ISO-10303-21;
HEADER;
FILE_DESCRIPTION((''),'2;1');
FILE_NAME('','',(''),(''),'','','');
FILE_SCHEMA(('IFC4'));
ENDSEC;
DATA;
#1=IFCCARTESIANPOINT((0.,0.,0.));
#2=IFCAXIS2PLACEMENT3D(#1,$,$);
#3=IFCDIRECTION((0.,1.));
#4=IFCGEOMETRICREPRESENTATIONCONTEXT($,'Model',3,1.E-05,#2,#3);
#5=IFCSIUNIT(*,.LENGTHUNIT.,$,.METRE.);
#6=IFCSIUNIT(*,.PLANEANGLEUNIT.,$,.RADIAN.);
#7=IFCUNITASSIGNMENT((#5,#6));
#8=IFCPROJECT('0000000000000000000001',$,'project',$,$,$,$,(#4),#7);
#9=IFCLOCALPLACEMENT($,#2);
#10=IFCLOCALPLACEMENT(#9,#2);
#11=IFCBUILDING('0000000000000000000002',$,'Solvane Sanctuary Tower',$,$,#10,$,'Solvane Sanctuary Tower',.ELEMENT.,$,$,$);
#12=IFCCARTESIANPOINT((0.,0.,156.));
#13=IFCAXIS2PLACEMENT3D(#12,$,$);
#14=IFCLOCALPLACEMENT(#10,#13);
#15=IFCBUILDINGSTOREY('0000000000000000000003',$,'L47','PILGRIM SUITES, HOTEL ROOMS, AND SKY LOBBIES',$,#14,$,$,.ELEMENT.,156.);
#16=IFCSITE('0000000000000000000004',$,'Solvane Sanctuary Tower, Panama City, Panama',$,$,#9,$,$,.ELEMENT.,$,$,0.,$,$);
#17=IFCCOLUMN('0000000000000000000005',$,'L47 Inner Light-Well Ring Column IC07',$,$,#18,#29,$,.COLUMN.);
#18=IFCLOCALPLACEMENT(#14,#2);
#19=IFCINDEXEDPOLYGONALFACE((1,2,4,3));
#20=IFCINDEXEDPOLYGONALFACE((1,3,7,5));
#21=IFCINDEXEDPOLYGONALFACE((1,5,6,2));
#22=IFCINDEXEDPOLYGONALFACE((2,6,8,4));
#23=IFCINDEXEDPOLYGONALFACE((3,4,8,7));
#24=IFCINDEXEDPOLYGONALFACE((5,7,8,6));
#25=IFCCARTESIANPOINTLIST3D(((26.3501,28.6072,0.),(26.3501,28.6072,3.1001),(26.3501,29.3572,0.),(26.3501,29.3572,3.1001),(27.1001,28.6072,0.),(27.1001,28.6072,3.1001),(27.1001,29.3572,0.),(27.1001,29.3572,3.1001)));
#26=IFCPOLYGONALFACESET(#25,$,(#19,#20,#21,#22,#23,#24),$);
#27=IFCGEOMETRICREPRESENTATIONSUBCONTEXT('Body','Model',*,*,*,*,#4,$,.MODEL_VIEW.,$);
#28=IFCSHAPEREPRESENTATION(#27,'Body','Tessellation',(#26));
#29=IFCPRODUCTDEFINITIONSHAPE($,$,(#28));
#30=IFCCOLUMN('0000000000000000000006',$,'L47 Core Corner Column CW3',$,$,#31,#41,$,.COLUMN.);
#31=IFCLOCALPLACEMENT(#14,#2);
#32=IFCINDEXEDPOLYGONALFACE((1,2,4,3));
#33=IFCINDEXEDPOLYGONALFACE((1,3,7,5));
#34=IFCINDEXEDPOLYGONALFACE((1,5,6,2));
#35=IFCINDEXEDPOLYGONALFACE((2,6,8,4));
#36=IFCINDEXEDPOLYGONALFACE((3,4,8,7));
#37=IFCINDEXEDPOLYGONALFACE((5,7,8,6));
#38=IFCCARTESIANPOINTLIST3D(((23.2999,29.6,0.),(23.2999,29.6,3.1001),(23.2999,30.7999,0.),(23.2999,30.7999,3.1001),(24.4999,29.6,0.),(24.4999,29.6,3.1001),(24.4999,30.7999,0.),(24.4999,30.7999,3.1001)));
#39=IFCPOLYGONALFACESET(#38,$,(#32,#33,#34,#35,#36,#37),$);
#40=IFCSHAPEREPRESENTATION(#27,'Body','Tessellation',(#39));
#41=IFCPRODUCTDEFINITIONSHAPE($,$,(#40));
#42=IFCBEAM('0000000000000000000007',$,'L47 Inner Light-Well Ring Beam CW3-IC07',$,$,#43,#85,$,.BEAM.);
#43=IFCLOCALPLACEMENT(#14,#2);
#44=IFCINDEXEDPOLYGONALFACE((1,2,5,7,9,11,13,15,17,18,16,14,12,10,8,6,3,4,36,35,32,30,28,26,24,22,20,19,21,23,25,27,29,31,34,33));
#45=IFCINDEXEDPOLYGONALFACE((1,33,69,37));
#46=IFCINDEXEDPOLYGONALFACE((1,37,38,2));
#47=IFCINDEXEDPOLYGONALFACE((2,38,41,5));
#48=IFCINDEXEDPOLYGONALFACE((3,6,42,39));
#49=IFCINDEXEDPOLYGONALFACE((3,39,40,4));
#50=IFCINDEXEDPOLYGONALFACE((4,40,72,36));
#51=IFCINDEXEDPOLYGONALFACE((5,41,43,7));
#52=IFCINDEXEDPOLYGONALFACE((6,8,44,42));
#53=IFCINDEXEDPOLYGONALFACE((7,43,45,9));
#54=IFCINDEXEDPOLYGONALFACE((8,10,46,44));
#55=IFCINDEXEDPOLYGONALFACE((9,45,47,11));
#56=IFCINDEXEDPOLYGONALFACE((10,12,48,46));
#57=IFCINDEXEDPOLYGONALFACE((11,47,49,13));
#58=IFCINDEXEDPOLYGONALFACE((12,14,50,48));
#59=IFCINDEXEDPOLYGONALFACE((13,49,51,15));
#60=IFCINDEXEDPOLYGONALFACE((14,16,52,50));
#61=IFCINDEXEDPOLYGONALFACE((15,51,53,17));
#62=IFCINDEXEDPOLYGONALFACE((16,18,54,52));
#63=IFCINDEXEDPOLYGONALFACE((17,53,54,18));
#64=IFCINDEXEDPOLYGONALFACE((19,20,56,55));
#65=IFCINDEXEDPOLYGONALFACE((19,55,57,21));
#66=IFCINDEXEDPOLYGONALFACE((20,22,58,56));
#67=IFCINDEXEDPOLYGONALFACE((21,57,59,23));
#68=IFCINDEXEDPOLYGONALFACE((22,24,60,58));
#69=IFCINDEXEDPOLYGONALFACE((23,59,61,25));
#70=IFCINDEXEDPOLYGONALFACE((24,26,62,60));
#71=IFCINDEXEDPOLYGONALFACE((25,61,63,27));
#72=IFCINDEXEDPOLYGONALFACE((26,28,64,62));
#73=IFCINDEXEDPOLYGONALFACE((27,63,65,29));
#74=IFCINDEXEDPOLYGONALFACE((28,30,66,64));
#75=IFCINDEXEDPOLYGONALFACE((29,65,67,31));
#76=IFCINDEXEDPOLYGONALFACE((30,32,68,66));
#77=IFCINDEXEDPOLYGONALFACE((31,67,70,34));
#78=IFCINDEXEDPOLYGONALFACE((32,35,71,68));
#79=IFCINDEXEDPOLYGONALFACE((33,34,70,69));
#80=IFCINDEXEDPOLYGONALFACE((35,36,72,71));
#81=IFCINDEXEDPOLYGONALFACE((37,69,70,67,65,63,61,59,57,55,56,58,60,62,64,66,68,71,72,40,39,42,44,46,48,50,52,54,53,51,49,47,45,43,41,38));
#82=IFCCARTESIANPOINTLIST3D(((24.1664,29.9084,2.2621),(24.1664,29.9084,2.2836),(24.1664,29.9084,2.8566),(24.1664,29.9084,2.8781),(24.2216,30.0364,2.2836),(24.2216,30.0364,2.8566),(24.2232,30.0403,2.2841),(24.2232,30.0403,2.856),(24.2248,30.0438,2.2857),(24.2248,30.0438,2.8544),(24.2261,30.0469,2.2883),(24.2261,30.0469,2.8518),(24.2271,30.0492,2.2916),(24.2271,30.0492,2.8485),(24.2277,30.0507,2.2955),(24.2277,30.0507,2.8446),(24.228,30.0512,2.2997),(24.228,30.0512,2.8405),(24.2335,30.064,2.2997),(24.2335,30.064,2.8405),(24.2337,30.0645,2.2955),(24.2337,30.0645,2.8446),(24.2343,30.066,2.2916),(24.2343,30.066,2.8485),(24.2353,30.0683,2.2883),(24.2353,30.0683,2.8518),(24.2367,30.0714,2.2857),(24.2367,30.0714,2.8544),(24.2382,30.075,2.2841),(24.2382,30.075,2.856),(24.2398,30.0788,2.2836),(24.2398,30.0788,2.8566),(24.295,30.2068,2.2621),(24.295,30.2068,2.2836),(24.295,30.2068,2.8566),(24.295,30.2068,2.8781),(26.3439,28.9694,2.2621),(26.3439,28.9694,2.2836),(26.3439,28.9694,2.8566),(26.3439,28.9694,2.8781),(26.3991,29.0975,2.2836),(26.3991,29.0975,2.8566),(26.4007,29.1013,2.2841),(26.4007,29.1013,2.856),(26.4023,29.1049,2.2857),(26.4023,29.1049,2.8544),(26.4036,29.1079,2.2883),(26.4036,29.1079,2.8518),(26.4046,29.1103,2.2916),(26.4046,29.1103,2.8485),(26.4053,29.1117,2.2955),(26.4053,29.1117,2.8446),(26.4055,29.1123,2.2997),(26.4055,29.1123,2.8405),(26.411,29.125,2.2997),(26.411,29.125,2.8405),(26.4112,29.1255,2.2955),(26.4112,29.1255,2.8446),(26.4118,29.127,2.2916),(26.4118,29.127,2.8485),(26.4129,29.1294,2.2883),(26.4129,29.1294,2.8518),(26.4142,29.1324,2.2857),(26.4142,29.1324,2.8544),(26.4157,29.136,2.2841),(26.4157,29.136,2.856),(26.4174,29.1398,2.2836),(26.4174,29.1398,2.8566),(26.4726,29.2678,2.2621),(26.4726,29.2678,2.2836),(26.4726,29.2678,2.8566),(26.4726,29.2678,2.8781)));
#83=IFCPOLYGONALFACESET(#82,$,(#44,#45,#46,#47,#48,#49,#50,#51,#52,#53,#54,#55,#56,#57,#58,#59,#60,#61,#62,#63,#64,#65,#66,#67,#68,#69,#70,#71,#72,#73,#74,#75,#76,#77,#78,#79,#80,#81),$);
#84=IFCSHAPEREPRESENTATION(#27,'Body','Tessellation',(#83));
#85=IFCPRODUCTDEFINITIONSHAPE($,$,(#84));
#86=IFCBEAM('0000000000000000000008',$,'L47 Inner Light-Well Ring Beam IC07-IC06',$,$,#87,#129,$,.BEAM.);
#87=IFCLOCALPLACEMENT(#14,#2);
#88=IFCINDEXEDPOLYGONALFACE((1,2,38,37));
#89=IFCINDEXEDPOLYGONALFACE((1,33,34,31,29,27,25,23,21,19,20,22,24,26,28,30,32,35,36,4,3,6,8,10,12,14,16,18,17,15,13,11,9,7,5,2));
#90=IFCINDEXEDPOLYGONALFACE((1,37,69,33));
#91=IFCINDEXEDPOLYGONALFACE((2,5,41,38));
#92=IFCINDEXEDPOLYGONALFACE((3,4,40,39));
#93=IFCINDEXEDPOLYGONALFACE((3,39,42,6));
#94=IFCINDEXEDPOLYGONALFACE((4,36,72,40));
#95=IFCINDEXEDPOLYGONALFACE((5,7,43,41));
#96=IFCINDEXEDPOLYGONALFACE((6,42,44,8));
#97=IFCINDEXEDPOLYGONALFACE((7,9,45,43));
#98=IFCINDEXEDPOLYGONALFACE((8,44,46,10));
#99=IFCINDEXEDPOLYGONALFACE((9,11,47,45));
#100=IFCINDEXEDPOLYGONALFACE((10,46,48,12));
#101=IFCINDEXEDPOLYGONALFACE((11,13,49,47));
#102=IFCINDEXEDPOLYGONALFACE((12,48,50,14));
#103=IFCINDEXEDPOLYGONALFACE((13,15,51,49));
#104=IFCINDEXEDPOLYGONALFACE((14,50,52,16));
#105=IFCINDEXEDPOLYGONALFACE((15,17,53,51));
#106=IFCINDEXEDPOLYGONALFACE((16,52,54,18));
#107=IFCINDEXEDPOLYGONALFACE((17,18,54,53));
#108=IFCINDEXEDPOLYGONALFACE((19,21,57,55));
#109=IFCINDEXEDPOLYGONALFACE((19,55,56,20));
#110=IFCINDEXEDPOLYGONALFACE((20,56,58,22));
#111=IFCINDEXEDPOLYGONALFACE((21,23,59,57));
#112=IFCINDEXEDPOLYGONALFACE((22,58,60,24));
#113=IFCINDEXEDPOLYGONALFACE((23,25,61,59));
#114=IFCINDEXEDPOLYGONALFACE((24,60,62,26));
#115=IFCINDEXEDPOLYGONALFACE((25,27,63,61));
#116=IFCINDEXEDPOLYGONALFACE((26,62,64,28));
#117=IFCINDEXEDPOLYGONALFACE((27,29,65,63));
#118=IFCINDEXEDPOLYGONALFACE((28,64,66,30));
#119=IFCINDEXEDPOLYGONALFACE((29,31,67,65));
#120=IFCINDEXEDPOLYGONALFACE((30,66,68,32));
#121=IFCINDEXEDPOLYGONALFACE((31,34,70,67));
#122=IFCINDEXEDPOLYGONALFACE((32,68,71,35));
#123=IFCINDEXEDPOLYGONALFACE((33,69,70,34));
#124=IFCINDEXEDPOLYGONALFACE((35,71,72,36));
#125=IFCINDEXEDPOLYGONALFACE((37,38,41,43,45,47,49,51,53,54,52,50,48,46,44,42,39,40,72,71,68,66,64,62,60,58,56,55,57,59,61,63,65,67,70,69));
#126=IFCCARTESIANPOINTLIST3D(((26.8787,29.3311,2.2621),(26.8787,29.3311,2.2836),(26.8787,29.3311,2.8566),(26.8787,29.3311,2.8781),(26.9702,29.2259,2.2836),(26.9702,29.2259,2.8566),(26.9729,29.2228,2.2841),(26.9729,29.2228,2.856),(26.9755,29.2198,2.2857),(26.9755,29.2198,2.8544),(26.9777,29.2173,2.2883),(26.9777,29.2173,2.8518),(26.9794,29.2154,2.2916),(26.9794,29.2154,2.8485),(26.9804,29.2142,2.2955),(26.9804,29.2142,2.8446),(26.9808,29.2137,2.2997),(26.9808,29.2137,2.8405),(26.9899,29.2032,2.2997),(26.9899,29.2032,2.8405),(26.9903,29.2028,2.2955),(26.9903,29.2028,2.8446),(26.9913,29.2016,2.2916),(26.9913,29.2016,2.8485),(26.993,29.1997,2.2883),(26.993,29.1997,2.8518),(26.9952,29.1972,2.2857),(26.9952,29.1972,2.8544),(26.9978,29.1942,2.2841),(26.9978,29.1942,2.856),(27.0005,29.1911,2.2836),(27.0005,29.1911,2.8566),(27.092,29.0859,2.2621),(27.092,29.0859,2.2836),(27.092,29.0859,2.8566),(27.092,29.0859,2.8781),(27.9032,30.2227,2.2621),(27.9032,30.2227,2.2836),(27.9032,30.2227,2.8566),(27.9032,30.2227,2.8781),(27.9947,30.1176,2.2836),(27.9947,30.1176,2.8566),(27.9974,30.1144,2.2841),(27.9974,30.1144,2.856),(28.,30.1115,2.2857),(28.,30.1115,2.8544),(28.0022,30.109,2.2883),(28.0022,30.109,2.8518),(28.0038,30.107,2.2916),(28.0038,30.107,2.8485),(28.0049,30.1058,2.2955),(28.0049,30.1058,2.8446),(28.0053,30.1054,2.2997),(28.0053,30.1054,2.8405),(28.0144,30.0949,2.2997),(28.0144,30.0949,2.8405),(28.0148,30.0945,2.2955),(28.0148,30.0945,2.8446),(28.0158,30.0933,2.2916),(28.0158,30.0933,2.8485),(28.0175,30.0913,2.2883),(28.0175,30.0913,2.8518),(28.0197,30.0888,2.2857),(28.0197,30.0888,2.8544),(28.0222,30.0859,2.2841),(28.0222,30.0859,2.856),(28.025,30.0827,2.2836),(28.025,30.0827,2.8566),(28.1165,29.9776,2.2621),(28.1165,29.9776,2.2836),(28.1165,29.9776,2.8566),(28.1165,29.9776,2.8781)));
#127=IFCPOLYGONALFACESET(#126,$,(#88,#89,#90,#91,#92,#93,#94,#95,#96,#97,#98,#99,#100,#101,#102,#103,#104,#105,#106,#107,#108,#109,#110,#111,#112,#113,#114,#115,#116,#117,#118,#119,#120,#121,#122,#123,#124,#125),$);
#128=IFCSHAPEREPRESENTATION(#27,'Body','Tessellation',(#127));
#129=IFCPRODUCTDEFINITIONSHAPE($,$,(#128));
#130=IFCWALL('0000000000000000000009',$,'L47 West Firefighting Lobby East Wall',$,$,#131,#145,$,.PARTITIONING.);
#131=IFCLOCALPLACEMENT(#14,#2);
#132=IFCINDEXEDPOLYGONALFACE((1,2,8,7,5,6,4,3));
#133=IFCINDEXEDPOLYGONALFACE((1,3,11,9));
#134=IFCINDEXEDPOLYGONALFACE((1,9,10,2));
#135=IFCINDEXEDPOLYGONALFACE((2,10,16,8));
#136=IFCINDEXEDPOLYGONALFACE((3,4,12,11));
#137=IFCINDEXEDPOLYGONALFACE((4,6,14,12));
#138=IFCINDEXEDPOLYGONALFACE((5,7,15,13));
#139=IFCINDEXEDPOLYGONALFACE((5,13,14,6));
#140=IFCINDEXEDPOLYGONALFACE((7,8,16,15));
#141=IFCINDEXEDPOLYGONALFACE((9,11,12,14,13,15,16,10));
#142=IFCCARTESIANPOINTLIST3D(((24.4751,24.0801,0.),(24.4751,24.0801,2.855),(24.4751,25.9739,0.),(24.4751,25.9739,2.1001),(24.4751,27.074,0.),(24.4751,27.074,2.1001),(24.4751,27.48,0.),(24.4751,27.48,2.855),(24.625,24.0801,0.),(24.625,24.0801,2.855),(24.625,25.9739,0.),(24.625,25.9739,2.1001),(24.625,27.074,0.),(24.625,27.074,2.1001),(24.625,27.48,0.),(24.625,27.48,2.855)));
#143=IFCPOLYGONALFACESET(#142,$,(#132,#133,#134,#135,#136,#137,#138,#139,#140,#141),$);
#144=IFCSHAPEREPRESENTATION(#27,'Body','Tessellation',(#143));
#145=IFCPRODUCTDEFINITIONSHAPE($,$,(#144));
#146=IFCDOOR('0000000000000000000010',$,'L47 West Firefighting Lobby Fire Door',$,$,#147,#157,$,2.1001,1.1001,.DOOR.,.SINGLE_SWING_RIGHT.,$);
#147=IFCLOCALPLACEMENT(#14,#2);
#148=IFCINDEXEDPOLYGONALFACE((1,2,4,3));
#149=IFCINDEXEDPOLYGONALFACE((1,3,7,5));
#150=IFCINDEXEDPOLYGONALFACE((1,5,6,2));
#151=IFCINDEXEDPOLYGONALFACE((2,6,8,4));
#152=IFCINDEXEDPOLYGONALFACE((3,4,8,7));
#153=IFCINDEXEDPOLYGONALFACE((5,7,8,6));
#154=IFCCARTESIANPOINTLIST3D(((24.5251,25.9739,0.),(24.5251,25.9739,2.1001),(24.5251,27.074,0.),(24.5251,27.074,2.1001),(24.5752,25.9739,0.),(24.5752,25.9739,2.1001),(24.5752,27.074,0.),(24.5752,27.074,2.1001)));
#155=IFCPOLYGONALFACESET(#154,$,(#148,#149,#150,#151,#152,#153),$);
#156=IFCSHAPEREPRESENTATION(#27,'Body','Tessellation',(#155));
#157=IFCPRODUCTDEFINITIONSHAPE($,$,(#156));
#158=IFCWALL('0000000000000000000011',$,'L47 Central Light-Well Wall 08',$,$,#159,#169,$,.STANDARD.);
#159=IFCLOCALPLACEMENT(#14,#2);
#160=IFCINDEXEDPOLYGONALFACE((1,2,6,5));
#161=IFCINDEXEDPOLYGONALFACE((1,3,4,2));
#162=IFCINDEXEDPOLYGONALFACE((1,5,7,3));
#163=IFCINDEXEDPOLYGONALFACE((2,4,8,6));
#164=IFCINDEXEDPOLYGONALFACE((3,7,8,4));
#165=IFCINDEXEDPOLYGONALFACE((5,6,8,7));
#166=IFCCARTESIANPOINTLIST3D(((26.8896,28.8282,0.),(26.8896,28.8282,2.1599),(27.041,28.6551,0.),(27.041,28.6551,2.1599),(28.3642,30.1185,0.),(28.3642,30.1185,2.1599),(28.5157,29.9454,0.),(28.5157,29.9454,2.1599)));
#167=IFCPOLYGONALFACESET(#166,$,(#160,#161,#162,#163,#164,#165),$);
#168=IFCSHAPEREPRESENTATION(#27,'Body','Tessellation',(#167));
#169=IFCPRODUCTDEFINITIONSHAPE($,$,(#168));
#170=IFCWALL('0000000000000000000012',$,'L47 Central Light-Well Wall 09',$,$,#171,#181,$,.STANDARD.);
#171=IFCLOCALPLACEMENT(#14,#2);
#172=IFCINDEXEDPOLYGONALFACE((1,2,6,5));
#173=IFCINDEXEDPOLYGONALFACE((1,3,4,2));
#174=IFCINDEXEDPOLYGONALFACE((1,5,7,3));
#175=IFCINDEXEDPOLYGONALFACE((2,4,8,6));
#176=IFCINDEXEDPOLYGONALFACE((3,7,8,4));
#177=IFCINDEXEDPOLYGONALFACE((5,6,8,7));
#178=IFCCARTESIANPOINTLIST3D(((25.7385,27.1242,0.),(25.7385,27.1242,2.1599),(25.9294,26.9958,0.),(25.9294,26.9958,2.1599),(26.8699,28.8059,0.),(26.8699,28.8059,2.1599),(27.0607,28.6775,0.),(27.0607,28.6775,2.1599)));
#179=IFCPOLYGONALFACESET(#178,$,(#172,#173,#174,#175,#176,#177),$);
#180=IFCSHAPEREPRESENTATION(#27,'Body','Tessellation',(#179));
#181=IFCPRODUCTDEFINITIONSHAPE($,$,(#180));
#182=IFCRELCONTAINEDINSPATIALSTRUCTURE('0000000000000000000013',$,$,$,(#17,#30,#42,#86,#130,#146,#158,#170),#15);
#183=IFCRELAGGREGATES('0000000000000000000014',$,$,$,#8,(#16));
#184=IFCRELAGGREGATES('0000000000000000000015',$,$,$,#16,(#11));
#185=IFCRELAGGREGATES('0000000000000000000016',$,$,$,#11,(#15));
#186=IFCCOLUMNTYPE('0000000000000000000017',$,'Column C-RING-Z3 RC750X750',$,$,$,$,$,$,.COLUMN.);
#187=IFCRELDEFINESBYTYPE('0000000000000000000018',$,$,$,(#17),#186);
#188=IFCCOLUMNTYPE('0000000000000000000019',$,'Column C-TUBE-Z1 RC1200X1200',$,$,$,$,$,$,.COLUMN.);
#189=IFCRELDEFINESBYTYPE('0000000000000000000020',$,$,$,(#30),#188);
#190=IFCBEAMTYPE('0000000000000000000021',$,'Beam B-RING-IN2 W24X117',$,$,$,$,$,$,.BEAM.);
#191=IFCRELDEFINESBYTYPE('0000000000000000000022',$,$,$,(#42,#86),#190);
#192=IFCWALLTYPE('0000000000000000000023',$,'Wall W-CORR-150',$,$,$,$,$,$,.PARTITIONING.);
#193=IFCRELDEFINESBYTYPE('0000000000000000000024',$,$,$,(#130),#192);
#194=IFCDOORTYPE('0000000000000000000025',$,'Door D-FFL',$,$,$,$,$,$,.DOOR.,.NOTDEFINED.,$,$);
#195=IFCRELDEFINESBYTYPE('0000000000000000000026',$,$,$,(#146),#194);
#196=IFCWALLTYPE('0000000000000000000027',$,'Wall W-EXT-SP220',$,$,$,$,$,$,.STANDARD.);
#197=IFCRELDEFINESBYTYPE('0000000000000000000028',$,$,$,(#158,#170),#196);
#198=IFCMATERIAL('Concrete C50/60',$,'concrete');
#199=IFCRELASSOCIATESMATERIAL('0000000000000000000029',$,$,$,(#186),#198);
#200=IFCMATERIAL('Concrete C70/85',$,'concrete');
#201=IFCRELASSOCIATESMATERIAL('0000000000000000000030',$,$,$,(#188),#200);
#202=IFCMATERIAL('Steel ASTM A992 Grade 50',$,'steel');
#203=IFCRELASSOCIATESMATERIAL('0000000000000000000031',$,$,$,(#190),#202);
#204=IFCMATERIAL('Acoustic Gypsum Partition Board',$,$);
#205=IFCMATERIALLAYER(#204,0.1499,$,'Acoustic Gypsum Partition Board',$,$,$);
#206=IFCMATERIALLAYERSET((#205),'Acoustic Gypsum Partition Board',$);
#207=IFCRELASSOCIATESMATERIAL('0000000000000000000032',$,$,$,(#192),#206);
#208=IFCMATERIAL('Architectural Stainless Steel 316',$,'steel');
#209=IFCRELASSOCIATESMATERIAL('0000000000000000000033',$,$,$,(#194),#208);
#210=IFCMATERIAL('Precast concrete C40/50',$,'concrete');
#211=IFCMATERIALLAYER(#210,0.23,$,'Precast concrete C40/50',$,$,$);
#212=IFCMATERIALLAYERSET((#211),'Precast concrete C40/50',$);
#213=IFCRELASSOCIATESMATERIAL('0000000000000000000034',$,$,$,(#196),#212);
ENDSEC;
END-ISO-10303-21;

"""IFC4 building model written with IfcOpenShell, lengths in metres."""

from ifc_helpers import new_model, si_unit, direction, frame, frame_2d, origin, origin_2d, place, context, subcontext, project, spatial, rectangle, i_section, extrude, material, layer, layer_set, material_profile, profile_set, type_object, element, fill, save


model = new_model("IFC4")

# Units and contexts
model_context = context("Model", 3, precision=1e-05, world=origin(), true_north=direction((0.0, 1.0)))
body_context = subcontext(model_context, "Body", "Model", "MODEL_VIEW")
ifc_project = project(units=[si_unit("LENGTHUNIT", "METRE"), si_unit("PLANEANGLEUNIT", "RADIAN")], contexts=[model_context])

# Site, building, storey
site_placement = place(None, origin())
site = spatial("IfcSite", under=ifc_project, at=site_placement, Name="Solvane Sanctuary Tower, Panama City, Panama", CompositionType="ELEMENT", RefElevation=0.0)
building_placement = place(site_placement, origin())
building = spatial("IfcBuilding", under=site, at=building_placement, Name="Solvane Sanctuary Tower", LongName="Solvane Sanctuary Tower", CompositionType="ELEMENT")
storey_placement = place(building_placement, frame((0.0, 0.0, 156.0)))
storey = spatial("IfcBuildingStorey", under=building, at=storey_placement, Name="L47", Description="PILGRIM SUITES, HOTEL ROOMS, AND SKY LOBBIES", CompositionType="ELEMENT", Elevation=156.0)

# Columns
ifc_material_1 = material(Name="Concrete C50/60", Category="concrete")
ifc_material_profile_1 = material_profile(ifc_material_1, rectangle(XDim=0.75, YDim=0.75, at=origin_2d()), Name="RC750X750")
ifc_profile_set_1 = profile_set([ifc_material_profile_1], Name="Concrete C50/60")
column_type_1 = type_object("IfcColumnType", Name="Column C-RING-Z3 RC750X750", PredefinedType="COLUMN", material=ifc_profile_set_1)
column_1_placement = place(storey_placement, frame((26.7251, 28.9822, 0.0), z_axis=(0.0, 0.0, 1.0), x_axis=(1.0, 0.0, 0.0)))
element("IfcColumn", 1, at=column_1_placement, inside=storey, type_object=column_type_1, Name="L47 Inner Light-Well Ring Column IC07", PredefinedType="COLUMN", context=body_context, shape_type="SweptSolid", body=[
    extrude(rectangle(XDim=0.75, YDim=0.75, at=origin_2d()), origin(), (0.0, 0.0, 1.0), 3.1001),
])
ifc_material_2 = material(Name="Concrete C70/85", Category="concrete")
ifc_material_profile_2 = material_profile(ifc_material_2, rectangle(XDim=1.2, YDim=1.2, at=origin_2d()), Name="RC1200X1200")
ifc_profile_set_2 = profile_set([ifc_material_profile_2], Name="Concrete C70/85")
column_type_2 = type_object("IfcColumnType", Name="Column C-TUBE-Z1 RC1200X1200", PredefinedType="COLUMN", material=ifc_profile_set_2)
column_2_placement = place(storey_placement, frame((23.8999, 30.2, 0.0), z_axis=(0.0, 0.0, 1.0), x_axis=(1.0, 0.0, 0.0)))
element("IfcColumn", 2, at=column_2_placement, inside=storey, type_object=column_type_2, Name="L47 Core Corner Column CW3", PredefinedType="COLUMN", context=body_context, shape_type="SweptSolid", body=[
    extrude(rectangle(XDim=1.2, YDim=1.2, at=origin_2d()), origin(), (0.0, 0.0, 1.0), 3.1001),
])

# Beams
ifc_material_3 = material(Name="Steel ASTM A992 Grade 50", Category="steel")
ifc_material_profile_3 = material_profile(ifc_material_3, i_section(OverallWidth=0.325, OverallDepth=0.616, WebThickness=0.0139, FlangeThickness=0.0215, FilletRadius=0.0161, at=origin_2d()), Name="W24X117")
ifc_profile_set_3 = profile_set([ifc_material_profile_3], Name="Steel ASTM A992 Grade 50")
beam_type = type_object("IfcBeamType", Name="Beam B-RING-IN2 W24X117", PredefinedType="BEAM", material=ifc_profile_set_3)
beam_1_placement = place(storey_placement, frame((24.2307, 30.0576, 2.5701), z_axis=(0.918264, -0.395969, 0.0), x_axis=(0.395969, 0.918264, 0.0)))
element("IfcBeam", 3, at=beam_1_placement, inside=storey, type_object=beam_type, Name="L47 Inner Light-Well Ring Beam CW3-IC07", PredefinedType="BEAM", context=body_context, shape_type="SweptSolid", body=[
    extrude(i_section(OverallWidth=0.325, OverallDepth=0.616, WebThickness=0.0139, FlangeThickness=0.0215, FilletRadius=0.0161, at=origin_2d()), origin(), (0.0, 0.0, 1.0), 2.3713),
])
beam_2_placement = place(storey_placement, frame((26.9854, 29.2085, 2.5701), z_axis=(0.754311, 0.656517, 0.0), x_axis=(-0.656517, 0.754311, 0.0)))
element("IfcBeam", 4, at=beam_2_placement, inside=storey, type_object=beam_type, Name="L47 Inner Light-Well Ring Beam IC07-IC06", PredefinedType="BEAM", context=body_context, shape_type="SweptSolid", body=[
    extrude(i_section(OverallWidth=0.325, OverallDepth=0.616, WebThickness=0.0139, FlangeThickness=0.0215, FilletRadius=0.0161, at=origin_2d()), origin(), (0.0, 0.0, 1.0), 1.3582),
])

# Wall, opening, door
ifc_material_4 = material(Name="Acoustic Gypsum Partition Board")
ifc_layer_1 = layer(ifc_material_4, 0.1499, Name="Acoustic Gypsum Partition Board")
ifc_layer_set_1 = layer_set([ifc_layer_1], Name="Acoustic Gypsum Partition Board")
wall_type_1 = type_object("IfcWallType", Name="Wall W-CORR-150", PredefinedType="PARTITIONING", material=ifc_layer_set_1)
wall_1_placement = place(storey_placement, frame((24.55, 24.0801, 0.0), z_axis=(0.0, 0.0, 1.0), x_axis=(0.0, 1.0, 0.0)))
wall_1 = element("IfcWall", 5, at=wall_1_placement, inside=storey, type_object=wall_type_1, Name="L47 West Firefighting Lobby East Wall", PredefinedType="PARTITIONING", context=body_context, shape_type="SweptSolid", body=[
    extrude(rectangle(XDim=3.3999, YDim=0.1499, at=frame_2d((1.7, 0.0))), origin(), (0.0, 0.0, 1.0), 2.855),
])
opening_1_placement = place(wall_1_placement, frame((1.8938, 0.0, 0.0)))
opening_1 = element("IfcOpeningElement", 6, at=opening_1_placement, cuts=wall_1, PredefinedType="OPENING", context=body_context, shape_type="SweptSolid", body=[
    extrude(rectangle(XDim=1.1001, YDim=2.1001, at=frame_2d((0.55, 1.05))), frame((0.0, 0.085, 0.0), z_axis=(0.0, -1.0, 0.0), x_axis=(1.0, 0.0, 0.0)), (0.0, 0.0, 1.0), 0.1699),
])
ifc_material_5 = material(Name="Architectural Stainless Steel 316", Category="steel")
door_type_1 = type_object("IfcDoorType", Name="Door D-FFL", OperationType="NOTDEFINED", PredefinedType="DOOR", material=ifc_material_5)
door_1_placement = place(opening_1_placement, origin())
door_1 = element("IfcDoor", 7, at=door_1_placement, inside=storey, type_object=door_type_1, Name="L47 West Firefighting Lobby Fire Door", OperationType="SINGLE_SWING_RIGHT", OverallHeight=2.1001, OverallWidth=1.1001, PredefinedType="DOOR", context=body_context, shape_type="SweptSolid", body=[
    extrude(rectangle(XDim=1.1001, YDim=2.1001, at=frame_2d((0.55, 1.05))), frame((0.0, 0.0249, 0.0), z_axis=(0.0, -1.0, 0.0), x_axis=(1.0, 0.0, 0.0)), (0.0, 0.0, 1.0), 0.05),
])
fill(opening_1, door_1)

# Walls
ifc_material_6 = material(Name="Precast concrete C40/50", Category="concrete")
ifc_layer_2 = layer(ifc_material_6, 0.23, Name="Precast concrete C40/50")
ifc_layer_set_2 = layer_set([ifc_layer_2], Name="Precast concrete C40/50")
wall_type_2 = type_object("IfcWallType", Name="Wall W-EXT-SP220", PredefinedType="STANDARD", material=ifc_layer_set_2)
wall_2_placement = place(storey_placement, frame((28.4399, 30.032, 0.0), z_axis=(0.0, 0.0, 1.0), x_axis=(-0.752577, -0.658505, 0.0)))
element("IfcWall", 8, at=wall_2_placement, inside=storey, type_object=wall_type_2, Name="L47 Central Light-Well Wall 08", PredefinedType="STANDARD", context=body_context, shape_type="SweptSolid", body=[
    extrude(rectangle(XDim=1.9595, YDim=0.23, at=frame_2d((0.9797, 0.0))), origin(), (0.0, 0.0, 1.0), 2.1599),
])
wall_3_placement = place(storey_placement, frame((26.9653, 28.7417, 0.0), z_axis=(0.0, 0.0, 1.0), x_axis=(-0.558198, -0.829708, 0.0)))
element("IfcWall", 9, at=wall_3_placement, inside=storey, type_object=wall_type_2, Name="L47 Central Light-Well Wall 09", PredefinedType="STANDARD", context=body_context, shape_type="SweptSolid", body=[
    extrude(rectangle(XDim=2.0269, YDim=0.23, at=frame_2d((1.0134, 0.0))), origin(), (0.0, 0.0, 1.0), 2.1599),
])

save(model, "model.ifc")
